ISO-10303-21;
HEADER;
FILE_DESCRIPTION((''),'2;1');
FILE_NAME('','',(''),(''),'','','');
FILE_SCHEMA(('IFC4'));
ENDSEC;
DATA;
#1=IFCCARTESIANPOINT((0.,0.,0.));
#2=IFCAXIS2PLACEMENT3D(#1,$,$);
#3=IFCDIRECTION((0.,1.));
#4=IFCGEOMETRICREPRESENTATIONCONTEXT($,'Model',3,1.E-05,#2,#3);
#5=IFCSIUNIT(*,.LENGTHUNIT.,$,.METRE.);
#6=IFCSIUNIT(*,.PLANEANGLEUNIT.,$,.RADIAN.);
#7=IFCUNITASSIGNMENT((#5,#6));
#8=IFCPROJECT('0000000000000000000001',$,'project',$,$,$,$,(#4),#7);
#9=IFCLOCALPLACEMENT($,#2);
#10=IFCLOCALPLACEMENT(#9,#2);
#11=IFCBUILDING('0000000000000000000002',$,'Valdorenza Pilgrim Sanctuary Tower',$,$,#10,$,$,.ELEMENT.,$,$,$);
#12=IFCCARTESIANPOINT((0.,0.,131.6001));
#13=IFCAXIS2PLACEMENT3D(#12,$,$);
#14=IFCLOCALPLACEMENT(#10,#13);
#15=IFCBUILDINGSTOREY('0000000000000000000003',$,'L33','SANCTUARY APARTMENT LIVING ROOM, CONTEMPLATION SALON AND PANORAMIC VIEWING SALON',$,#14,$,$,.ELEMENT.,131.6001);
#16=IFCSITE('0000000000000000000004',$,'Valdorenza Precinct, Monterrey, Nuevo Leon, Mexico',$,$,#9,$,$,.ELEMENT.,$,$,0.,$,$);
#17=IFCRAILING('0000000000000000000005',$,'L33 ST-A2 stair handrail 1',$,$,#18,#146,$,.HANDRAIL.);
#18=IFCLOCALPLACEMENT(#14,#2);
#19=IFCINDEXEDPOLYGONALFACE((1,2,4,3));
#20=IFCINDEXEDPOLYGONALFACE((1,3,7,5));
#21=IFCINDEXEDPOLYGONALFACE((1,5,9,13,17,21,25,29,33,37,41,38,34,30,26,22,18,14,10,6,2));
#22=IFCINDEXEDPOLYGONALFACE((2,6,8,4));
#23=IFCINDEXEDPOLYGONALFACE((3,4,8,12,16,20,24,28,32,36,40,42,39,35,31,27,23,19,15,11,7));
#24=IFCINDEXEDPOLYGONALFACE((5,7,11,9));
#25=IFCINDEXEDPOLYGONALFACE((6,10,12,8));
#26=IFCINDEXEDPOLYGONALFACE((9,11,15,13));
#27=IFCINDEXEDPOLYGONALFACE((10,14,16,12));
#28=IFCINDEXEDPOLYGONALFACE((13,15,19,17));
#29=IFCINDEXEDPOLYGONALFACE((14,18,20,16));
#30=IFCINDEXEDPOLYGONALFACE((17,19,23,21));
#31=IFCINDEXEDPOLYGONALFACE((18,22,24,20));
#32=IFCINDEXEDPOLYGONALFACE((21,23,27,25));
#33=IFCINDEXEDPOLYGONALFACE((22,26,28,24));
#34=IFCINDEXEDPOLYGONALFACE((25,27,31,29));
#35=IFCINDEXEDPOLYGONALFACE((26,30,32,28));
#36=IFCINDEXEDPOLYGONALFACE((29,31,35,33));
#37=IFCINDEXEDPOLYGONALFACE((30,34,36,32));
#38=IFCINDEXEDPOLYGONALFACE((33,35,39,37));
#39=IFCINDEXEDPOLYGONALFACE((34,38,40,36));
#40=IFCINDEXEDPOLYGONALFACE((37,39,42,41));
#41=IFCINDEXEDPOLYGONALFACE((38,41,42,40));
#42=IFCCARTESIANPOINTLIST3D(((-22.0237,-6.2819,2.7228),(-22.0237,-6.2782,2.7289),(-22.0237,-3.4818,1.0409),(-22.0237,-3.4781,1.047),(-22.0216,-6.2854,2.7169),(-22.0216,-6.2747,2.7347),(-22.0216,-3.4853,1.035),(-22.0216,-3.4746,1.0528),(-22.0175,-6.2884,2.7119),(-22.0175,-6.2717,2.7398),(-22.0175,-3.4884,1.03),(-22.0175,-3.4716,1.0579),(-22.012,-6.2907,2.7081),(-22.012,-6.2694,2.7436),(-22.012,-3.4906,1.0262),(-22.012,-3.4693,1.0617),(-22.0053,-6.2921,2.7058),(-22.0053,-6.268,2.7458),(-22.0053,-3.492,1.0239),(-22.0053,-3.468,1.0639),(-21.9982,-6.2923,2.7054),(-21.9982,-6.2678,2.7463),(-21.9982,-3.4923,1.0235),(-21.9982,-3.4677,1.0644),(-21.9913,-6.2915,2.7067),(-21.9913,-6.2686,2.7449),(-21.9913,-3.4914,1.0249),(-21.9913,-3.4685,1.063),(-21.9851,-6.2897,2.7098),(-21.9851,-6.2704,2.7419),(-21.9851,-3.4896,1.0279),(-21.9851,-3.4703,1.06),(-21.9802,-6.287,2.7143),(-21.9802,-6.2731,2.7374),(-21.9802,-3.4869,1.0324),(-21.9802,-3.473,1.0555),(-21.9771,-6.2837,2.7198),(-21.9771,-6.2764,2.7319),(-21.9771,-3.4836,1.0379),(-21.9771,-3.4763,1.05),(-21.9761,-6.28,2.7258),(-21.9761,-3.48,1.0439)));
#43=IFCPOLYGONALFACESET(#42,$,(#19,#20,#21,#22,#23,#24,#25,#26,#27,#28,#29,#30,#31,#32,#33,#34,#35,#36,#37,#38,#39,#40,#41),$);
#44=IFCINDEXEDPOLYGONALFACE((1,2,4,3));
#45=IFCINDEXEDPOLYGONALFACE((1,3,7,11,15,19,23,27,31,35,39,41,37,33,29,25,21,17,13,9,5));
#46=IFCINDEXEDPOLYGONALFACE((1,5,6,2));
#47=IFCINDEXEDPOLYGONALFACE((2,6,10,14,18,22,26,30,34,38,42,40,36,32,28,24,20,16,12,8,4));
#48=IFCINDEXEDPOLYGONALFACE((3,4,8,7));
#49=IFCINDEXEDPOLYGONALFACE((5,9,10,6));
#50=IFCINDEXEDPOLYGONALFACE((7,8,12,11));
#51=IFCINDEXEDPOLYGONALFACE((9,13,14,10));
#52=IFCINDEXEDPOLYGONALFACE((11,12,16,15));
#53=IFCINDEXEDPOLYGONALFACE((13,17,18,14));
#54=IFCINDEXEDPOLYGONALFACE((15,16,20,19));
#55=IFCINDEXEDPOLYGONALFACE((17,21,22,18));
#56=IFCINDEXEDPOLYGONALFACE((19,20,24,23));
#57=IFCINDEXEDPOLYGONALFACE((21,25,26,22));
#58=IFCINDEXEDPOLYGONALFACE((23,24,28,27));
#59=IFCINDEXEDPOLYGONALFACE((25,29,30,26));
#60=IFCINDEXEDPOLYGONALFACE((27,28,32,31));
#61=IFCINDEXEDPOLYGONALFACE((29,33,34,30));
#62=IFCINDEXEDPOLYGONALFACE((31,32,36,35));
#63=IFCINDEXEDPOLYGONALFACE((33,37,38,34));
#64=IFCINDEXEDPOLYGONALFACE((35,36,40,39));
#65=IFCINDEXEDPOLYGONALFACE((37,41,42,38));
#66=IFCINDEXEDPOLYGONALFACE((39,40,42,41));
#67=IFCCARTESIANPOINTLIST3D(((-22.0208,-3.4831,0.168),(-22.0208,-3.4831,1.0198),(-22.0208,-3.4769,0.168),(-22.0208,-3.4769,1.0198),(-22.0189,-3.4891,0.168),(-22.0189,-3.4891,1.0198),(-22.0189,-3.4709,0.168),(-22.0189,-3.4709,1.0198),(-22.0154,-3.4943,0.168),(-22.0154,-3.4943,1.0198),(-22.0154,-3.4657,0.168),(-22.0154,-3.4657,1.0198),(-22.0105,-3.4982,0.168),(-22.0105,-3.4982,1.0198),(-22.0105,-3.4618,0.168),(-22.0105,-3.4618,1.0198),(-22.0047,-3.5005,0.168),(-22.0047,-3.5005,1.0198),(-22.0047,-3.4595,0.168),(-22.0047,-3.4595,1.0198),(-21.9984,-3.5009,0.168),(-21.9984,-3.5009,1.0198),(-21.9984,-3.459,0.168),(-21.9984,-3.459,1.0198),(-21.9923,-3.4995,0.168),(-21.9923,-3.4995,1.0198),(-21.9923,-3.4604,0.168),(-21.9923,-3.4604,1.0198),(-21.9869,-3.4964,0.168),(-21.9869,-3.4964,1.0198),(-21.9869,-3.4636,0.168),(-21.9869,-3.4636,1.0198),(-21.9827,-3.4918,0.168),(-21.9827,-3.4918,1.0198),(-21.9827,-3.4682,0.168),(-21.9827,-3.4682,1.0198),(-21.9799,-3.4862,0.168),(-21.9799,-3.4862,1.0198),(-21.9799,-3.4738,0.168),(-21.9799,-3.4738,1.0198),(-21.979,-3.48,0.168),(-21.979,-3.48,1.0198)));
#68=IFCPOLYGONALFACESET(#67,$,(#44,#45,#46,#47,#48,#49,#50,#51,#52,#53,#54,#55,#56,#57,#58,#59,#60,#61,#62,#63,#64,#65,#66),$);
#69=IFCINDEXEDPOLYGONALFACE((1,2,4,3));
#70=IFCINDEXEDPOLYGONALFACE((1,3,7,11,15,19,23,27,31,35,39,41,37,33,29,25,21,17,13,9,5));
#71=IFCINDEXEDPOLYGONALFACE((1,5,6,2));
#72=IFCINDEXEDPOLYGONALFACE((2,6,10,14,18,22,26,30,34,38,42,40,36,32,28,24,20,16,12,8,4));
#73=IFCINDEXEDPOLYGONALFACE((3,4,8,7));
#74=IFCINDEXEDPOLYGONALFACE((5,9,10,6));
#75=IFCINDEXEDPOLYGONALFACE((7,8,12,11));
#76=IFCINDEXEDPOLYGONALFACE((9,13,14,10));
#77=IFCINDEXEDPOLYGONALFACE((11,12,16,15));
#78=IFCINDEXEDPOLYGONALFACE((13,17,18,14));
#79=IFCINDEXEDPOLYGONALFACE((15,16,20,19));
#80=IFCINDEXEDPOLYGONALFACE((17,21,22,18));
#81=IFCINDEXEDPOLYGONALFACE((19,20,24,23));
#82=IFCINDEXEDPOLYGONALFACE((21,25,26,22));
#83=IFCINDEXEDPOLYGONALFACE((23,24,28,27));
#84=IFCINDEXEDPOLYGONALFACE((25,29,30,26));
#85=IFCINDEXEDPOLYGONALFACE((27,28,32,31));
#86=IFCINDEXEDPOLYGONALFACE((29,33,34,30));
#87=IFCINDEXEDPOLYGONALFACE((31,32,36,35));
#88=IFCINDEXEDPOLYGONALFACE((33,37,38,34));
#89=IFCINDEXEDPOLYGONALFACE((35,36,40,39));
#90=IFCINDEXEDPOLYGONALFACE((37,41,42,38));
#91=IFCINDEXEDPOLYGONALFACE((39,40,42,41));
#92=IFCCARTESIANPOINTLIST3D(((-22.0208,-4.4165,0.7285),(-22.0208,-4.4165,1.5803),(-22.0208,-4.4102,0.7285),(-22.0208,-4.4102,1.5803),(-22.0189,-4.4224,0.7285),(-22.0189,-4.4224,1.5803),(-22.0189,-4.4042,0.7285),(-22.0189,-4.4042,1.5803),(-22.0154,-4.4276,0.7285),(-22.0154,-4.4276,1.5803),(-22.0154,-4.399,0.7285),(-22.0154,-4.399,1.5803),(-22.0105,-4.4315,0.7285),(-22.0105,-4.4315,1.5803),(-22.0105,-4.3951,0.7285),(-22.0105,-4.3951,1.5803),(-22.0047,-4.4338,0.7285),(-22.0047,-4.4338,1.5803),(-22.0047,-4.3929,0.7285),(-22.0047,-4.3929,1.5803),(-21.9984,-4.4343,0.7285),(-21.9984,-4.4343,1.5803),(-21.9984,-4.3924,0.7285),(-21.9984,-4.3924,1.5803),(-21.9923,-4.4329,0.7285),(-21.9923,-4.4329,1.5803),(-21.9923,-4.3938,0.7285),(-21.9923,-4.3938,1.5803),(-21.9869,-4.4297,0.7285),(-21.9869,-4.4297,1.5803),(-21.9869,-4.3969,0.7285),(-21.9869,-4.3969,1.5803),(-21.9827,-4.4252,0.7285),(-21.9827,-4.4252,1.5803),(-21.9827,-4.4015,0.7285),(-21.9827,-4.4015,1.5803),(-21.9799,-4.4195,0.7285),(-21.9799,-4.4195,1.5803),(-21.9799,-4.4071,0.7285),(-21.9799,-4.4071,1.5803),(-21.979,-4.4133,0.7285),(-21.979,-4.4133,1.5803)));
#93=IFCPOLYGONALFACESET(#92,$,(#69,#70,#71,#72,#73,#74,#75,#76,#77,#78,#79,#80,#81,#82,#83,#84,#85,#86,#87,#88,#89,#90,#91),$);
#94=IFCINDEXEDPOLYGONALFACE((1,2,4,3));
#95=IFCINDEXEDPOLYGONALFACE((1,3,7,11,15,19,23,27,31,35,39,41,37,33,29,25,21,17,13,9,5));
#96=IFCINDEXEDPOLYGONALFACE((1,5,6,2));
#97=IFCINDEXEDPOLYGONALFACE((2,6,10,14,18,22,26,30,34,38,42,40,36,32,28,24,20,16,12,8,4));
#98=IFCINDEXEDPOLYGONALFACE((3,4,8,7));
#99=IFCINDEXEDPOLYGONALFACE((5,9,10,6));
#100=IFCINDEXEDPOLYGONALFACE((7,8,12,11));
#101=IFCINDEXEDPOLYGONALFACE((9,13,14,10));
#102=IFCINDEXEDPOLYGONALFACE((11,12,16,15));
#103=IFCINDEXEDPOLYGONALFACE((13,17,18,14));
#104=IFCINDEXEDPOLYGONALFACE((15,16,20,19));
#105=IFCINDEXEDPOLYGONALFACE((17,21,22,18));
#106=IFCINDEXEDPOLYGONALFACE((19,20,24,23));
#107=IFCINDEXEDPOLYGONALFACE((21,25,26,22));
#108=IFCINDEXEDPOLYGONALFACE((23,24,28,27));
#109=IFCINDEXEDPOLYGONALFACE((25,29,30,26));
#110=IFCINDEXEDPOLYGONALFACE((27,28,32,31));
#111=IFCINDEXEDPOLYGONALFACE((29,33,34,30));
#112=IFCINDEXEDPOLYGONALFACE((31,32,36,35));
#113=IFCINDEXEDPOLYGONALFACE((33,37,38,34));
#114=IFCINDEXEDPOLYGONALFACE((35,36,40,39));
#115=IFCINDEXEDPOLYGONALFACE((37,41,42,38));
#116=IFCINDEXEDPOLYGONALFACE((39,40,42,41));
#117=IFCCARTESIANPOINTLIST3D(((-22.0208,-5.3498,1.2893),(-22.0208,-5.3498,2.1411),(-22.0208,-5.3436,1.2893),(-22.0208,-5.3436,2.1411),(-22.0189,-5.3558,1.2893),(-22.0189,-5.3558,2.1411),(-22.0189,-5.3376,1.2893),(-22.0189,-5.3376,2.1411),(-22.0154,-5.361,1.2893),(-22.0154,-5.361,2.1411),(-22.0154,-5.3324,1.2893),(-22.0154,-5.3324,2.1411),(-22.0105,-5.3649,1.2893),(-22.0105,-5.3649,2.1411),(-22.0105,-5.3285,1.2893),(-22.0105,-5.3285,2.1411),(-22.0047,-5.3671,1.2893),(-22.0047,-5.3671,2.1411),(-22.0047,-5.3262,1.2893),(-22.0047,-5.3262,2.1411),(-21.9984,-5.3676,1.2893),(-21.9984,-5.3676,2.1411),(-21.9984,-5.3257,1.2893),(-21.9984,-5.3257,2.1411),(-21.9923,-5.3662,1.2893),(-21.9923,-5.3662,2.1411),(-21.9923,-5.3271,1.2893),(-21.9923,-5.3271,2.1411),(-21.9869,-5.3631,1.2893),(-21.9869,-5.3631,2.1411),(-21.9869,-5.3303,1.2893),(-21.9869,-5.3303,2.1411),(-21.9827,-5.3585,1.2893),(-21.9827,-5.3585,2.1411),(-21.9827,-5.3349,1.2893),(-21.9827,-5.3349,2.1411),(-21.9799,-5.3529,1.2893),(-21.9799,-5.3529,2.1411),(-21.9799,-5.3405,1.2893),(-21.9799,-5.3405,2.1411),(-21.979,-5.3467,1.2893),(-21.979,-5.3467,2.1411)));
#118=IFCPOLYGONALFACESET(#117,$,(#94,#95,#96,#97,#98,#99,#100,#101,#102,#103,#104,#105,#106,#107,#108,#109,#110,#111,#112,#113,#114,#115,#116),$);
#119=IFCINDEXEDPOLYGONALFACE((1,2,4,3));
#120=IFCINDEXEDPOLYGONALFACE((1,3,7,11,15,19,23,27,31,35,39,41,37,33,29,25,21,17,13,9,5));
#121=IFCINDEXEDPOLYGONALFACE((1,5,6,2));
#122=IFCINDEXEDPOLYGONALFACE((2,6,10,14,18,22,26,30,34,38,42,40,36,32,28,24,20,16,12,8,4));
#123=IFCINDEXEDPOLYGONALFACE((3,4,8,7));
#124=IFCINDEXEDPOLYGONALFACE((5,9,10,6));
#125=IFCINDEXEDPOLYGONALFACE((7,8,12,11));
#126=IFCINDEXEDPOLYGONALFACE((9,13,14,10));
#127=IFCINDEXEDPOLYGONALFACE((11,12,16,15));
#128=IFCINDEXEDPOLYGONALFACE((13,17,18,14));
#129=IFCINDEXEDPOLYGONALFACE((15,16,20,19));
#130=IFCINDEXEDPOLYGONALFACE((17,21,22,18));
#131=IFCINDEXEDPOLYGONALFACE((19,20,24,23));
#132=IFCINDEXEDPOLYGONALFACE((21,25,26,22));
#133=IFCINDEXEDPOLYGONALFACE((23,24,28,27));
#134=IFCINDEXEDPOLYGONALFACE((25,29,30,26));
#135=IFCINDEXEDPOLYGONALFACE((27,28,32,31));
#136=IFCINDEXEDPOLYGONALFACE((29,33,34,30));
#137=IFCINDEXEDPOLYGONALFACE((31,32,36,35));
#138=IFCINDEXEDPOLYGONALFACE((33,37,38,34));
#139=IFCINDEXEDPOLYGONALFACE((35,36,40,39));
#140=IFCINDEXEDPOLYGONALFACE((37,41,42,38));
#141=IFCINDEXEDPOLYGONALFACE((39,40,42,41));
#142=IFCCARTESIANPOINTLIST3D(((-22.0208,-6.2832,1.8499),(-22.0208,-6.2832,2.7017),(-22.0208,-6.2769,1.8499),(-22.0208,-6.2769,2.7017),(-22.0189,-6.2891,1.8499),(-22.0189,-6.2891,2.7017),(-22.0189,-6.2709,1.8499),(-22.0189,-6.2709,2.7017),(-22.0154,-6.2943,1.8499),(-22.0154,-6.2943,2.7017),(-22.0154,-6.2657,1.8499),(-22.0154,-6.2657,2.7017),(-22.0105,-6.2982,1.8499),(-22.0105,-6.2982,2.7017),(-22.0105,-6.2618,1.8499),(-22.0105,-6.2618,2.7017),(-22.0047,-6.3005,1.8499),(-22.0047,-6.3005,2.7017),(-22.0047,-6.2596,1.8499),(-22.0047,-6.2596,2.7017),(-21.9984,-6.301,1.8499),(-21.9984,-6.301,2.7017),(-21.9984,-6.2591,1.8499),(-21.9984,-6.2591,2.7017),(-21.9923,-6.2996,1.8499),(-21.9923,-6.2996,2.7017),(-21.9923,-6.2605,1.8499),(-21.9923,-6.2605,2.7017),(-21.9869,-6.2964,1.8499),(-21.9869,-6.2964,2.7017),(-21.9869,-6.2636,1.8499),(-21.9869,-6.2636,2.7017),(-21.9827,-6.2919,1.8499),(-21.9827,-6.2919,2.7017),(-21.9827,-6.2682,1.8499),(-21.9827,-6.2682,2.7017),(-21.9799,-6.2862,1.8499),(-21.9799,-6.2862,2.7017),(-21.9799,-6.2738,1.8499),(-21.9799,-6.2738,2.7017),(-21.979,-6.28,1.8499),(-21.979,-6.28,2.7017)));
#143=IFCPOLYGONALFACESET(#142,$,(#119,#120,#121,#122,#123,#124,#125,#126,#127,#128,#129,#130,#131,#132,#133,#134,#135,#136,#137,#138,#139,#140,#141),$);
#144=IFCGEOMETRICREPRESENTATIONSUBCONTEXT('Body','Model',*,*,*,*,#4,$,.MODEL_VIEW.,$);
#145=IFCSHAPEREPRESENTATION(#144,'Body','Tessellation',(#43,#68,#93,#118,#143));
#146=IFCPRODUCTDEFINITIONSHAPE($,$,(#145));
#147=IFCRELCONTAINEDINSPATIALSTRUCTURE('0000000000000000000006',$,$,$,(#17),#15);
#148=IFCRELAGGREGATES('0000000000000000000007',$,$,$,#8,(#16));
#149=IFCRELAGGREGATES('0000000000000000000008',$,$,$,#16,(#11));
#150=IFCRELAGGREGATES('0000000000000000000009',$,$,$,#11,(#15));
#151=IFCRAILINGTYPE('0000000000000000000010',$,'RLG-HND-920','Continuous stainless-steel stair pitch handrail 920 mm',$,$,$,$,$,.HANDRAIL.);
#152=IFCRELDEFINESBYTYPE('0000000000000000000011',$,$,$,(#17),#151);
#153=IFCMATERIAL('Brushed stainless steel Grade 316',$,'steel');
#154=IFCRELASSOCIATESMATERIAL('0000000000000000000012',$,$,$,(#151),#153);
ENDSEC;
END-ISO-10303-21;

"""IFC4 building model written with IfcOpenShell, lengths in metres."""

from ifc_helpers import new_model, si_unit, direction, frame, origin, origin_2d, place, context, subcontext, project, spatial, circle, extrude, material, type_object, element, save


model = new_model("IFC4")

# Units and contexts
model_context = context("Model", 3, precision=1e-05, world=origin(), true_north=direction((0.0, 1.0)))
body_context = subcontext(model_context, "Body", "Model", "MODEL_VIEW")
ifc_project = project(units=[si_unit("LENGTHUNIT", "METRE"), si_unit("PLANEANGLEUNIT", "RADIAN")], contexts=[model_context])

# Site, building, storey
site_placement = place(None, origin())
site = spatial("IfcSite", under=ifc_project, at=site_placement, Name="Valdorenza Precinct, Monterrey, Nuevo Leon, Mexico", CompositionType="ELEMENT", RefElevation=0.0)
building_placement = place(site_placement, origin())
building = spatial("IfcBuilding", under=site, at=building_placement, Name="Valdorenza Pilgrim Sanctuary Tower", CompositionType="ELEMENT")
storey_placement = place(building_placement, frame((0.0, 0.0, 131.6001)))
storey = spatial("IfcBuildingStorey", under=building, at=storey_placement, Name="L33", Description="SANCTUARY APARTMENT LIVING ROOM, CONTEMPLATION SALON AND PANORAMIC VIEWING SALON", CompositionType="ELEMENT", Elevation=131.6001)

# Shared definitions
ifc_material_1 = material(Name="Brushed stainless steel Grade 316", Category="steel")

# Railing
railing_type_1 = type_object("IfcRailingType", Name="RLG-HND-920", Description="Continuous stainless-steel stair pitch handrail 920 mm", PredefinedType="HANDRAIL", material=ifc_material_1)
railing_1_placement = place(storey_placement, frame((-22.0, -3.48, 0.168)))
element("IfcRailing", 1, at=railing_1_placement, inside=storey, type_object=railing_type_1, Name="L33 ST-A2 stair handrail 1", PredefinedType="HANDRAIL", context=body_context, shape_type="SweptSolid", body=[
    extrude(circle(Radius=0.0239, at=origin_2d()), frame((0.0, 0.0, 0.876), z_axis=(0.0, -0.857242, 0.514913), x_axis=(1.0, 0.0, 0.0)), (0.0, 0.0, 1.0), 3.2664),
    extrude(circle(Radius=0.021, at=origin_2d()), origin(), (0.0, 0.0, 1.0), 0.8518),
    extrude(circle(Radius=0.021, at=origin_2d()), frame((0.0, -0.9333, 0.5605)), (0.0, 0.0, 1.0), 0.8518),
    extrude(circle(Radius=0.021, at=origin_2d()), frame((0.0, -1.8667, 1.1213)), (0.0, 0.0, 1.0), 0.8518),
    extrude(circle(Radius=0.021, at=origin_2d()), frame((0.0, -2.8, 1.6819)), (0.0, 0.0, 1.0), 0.8518),
])

save(model, "model.ifc")
